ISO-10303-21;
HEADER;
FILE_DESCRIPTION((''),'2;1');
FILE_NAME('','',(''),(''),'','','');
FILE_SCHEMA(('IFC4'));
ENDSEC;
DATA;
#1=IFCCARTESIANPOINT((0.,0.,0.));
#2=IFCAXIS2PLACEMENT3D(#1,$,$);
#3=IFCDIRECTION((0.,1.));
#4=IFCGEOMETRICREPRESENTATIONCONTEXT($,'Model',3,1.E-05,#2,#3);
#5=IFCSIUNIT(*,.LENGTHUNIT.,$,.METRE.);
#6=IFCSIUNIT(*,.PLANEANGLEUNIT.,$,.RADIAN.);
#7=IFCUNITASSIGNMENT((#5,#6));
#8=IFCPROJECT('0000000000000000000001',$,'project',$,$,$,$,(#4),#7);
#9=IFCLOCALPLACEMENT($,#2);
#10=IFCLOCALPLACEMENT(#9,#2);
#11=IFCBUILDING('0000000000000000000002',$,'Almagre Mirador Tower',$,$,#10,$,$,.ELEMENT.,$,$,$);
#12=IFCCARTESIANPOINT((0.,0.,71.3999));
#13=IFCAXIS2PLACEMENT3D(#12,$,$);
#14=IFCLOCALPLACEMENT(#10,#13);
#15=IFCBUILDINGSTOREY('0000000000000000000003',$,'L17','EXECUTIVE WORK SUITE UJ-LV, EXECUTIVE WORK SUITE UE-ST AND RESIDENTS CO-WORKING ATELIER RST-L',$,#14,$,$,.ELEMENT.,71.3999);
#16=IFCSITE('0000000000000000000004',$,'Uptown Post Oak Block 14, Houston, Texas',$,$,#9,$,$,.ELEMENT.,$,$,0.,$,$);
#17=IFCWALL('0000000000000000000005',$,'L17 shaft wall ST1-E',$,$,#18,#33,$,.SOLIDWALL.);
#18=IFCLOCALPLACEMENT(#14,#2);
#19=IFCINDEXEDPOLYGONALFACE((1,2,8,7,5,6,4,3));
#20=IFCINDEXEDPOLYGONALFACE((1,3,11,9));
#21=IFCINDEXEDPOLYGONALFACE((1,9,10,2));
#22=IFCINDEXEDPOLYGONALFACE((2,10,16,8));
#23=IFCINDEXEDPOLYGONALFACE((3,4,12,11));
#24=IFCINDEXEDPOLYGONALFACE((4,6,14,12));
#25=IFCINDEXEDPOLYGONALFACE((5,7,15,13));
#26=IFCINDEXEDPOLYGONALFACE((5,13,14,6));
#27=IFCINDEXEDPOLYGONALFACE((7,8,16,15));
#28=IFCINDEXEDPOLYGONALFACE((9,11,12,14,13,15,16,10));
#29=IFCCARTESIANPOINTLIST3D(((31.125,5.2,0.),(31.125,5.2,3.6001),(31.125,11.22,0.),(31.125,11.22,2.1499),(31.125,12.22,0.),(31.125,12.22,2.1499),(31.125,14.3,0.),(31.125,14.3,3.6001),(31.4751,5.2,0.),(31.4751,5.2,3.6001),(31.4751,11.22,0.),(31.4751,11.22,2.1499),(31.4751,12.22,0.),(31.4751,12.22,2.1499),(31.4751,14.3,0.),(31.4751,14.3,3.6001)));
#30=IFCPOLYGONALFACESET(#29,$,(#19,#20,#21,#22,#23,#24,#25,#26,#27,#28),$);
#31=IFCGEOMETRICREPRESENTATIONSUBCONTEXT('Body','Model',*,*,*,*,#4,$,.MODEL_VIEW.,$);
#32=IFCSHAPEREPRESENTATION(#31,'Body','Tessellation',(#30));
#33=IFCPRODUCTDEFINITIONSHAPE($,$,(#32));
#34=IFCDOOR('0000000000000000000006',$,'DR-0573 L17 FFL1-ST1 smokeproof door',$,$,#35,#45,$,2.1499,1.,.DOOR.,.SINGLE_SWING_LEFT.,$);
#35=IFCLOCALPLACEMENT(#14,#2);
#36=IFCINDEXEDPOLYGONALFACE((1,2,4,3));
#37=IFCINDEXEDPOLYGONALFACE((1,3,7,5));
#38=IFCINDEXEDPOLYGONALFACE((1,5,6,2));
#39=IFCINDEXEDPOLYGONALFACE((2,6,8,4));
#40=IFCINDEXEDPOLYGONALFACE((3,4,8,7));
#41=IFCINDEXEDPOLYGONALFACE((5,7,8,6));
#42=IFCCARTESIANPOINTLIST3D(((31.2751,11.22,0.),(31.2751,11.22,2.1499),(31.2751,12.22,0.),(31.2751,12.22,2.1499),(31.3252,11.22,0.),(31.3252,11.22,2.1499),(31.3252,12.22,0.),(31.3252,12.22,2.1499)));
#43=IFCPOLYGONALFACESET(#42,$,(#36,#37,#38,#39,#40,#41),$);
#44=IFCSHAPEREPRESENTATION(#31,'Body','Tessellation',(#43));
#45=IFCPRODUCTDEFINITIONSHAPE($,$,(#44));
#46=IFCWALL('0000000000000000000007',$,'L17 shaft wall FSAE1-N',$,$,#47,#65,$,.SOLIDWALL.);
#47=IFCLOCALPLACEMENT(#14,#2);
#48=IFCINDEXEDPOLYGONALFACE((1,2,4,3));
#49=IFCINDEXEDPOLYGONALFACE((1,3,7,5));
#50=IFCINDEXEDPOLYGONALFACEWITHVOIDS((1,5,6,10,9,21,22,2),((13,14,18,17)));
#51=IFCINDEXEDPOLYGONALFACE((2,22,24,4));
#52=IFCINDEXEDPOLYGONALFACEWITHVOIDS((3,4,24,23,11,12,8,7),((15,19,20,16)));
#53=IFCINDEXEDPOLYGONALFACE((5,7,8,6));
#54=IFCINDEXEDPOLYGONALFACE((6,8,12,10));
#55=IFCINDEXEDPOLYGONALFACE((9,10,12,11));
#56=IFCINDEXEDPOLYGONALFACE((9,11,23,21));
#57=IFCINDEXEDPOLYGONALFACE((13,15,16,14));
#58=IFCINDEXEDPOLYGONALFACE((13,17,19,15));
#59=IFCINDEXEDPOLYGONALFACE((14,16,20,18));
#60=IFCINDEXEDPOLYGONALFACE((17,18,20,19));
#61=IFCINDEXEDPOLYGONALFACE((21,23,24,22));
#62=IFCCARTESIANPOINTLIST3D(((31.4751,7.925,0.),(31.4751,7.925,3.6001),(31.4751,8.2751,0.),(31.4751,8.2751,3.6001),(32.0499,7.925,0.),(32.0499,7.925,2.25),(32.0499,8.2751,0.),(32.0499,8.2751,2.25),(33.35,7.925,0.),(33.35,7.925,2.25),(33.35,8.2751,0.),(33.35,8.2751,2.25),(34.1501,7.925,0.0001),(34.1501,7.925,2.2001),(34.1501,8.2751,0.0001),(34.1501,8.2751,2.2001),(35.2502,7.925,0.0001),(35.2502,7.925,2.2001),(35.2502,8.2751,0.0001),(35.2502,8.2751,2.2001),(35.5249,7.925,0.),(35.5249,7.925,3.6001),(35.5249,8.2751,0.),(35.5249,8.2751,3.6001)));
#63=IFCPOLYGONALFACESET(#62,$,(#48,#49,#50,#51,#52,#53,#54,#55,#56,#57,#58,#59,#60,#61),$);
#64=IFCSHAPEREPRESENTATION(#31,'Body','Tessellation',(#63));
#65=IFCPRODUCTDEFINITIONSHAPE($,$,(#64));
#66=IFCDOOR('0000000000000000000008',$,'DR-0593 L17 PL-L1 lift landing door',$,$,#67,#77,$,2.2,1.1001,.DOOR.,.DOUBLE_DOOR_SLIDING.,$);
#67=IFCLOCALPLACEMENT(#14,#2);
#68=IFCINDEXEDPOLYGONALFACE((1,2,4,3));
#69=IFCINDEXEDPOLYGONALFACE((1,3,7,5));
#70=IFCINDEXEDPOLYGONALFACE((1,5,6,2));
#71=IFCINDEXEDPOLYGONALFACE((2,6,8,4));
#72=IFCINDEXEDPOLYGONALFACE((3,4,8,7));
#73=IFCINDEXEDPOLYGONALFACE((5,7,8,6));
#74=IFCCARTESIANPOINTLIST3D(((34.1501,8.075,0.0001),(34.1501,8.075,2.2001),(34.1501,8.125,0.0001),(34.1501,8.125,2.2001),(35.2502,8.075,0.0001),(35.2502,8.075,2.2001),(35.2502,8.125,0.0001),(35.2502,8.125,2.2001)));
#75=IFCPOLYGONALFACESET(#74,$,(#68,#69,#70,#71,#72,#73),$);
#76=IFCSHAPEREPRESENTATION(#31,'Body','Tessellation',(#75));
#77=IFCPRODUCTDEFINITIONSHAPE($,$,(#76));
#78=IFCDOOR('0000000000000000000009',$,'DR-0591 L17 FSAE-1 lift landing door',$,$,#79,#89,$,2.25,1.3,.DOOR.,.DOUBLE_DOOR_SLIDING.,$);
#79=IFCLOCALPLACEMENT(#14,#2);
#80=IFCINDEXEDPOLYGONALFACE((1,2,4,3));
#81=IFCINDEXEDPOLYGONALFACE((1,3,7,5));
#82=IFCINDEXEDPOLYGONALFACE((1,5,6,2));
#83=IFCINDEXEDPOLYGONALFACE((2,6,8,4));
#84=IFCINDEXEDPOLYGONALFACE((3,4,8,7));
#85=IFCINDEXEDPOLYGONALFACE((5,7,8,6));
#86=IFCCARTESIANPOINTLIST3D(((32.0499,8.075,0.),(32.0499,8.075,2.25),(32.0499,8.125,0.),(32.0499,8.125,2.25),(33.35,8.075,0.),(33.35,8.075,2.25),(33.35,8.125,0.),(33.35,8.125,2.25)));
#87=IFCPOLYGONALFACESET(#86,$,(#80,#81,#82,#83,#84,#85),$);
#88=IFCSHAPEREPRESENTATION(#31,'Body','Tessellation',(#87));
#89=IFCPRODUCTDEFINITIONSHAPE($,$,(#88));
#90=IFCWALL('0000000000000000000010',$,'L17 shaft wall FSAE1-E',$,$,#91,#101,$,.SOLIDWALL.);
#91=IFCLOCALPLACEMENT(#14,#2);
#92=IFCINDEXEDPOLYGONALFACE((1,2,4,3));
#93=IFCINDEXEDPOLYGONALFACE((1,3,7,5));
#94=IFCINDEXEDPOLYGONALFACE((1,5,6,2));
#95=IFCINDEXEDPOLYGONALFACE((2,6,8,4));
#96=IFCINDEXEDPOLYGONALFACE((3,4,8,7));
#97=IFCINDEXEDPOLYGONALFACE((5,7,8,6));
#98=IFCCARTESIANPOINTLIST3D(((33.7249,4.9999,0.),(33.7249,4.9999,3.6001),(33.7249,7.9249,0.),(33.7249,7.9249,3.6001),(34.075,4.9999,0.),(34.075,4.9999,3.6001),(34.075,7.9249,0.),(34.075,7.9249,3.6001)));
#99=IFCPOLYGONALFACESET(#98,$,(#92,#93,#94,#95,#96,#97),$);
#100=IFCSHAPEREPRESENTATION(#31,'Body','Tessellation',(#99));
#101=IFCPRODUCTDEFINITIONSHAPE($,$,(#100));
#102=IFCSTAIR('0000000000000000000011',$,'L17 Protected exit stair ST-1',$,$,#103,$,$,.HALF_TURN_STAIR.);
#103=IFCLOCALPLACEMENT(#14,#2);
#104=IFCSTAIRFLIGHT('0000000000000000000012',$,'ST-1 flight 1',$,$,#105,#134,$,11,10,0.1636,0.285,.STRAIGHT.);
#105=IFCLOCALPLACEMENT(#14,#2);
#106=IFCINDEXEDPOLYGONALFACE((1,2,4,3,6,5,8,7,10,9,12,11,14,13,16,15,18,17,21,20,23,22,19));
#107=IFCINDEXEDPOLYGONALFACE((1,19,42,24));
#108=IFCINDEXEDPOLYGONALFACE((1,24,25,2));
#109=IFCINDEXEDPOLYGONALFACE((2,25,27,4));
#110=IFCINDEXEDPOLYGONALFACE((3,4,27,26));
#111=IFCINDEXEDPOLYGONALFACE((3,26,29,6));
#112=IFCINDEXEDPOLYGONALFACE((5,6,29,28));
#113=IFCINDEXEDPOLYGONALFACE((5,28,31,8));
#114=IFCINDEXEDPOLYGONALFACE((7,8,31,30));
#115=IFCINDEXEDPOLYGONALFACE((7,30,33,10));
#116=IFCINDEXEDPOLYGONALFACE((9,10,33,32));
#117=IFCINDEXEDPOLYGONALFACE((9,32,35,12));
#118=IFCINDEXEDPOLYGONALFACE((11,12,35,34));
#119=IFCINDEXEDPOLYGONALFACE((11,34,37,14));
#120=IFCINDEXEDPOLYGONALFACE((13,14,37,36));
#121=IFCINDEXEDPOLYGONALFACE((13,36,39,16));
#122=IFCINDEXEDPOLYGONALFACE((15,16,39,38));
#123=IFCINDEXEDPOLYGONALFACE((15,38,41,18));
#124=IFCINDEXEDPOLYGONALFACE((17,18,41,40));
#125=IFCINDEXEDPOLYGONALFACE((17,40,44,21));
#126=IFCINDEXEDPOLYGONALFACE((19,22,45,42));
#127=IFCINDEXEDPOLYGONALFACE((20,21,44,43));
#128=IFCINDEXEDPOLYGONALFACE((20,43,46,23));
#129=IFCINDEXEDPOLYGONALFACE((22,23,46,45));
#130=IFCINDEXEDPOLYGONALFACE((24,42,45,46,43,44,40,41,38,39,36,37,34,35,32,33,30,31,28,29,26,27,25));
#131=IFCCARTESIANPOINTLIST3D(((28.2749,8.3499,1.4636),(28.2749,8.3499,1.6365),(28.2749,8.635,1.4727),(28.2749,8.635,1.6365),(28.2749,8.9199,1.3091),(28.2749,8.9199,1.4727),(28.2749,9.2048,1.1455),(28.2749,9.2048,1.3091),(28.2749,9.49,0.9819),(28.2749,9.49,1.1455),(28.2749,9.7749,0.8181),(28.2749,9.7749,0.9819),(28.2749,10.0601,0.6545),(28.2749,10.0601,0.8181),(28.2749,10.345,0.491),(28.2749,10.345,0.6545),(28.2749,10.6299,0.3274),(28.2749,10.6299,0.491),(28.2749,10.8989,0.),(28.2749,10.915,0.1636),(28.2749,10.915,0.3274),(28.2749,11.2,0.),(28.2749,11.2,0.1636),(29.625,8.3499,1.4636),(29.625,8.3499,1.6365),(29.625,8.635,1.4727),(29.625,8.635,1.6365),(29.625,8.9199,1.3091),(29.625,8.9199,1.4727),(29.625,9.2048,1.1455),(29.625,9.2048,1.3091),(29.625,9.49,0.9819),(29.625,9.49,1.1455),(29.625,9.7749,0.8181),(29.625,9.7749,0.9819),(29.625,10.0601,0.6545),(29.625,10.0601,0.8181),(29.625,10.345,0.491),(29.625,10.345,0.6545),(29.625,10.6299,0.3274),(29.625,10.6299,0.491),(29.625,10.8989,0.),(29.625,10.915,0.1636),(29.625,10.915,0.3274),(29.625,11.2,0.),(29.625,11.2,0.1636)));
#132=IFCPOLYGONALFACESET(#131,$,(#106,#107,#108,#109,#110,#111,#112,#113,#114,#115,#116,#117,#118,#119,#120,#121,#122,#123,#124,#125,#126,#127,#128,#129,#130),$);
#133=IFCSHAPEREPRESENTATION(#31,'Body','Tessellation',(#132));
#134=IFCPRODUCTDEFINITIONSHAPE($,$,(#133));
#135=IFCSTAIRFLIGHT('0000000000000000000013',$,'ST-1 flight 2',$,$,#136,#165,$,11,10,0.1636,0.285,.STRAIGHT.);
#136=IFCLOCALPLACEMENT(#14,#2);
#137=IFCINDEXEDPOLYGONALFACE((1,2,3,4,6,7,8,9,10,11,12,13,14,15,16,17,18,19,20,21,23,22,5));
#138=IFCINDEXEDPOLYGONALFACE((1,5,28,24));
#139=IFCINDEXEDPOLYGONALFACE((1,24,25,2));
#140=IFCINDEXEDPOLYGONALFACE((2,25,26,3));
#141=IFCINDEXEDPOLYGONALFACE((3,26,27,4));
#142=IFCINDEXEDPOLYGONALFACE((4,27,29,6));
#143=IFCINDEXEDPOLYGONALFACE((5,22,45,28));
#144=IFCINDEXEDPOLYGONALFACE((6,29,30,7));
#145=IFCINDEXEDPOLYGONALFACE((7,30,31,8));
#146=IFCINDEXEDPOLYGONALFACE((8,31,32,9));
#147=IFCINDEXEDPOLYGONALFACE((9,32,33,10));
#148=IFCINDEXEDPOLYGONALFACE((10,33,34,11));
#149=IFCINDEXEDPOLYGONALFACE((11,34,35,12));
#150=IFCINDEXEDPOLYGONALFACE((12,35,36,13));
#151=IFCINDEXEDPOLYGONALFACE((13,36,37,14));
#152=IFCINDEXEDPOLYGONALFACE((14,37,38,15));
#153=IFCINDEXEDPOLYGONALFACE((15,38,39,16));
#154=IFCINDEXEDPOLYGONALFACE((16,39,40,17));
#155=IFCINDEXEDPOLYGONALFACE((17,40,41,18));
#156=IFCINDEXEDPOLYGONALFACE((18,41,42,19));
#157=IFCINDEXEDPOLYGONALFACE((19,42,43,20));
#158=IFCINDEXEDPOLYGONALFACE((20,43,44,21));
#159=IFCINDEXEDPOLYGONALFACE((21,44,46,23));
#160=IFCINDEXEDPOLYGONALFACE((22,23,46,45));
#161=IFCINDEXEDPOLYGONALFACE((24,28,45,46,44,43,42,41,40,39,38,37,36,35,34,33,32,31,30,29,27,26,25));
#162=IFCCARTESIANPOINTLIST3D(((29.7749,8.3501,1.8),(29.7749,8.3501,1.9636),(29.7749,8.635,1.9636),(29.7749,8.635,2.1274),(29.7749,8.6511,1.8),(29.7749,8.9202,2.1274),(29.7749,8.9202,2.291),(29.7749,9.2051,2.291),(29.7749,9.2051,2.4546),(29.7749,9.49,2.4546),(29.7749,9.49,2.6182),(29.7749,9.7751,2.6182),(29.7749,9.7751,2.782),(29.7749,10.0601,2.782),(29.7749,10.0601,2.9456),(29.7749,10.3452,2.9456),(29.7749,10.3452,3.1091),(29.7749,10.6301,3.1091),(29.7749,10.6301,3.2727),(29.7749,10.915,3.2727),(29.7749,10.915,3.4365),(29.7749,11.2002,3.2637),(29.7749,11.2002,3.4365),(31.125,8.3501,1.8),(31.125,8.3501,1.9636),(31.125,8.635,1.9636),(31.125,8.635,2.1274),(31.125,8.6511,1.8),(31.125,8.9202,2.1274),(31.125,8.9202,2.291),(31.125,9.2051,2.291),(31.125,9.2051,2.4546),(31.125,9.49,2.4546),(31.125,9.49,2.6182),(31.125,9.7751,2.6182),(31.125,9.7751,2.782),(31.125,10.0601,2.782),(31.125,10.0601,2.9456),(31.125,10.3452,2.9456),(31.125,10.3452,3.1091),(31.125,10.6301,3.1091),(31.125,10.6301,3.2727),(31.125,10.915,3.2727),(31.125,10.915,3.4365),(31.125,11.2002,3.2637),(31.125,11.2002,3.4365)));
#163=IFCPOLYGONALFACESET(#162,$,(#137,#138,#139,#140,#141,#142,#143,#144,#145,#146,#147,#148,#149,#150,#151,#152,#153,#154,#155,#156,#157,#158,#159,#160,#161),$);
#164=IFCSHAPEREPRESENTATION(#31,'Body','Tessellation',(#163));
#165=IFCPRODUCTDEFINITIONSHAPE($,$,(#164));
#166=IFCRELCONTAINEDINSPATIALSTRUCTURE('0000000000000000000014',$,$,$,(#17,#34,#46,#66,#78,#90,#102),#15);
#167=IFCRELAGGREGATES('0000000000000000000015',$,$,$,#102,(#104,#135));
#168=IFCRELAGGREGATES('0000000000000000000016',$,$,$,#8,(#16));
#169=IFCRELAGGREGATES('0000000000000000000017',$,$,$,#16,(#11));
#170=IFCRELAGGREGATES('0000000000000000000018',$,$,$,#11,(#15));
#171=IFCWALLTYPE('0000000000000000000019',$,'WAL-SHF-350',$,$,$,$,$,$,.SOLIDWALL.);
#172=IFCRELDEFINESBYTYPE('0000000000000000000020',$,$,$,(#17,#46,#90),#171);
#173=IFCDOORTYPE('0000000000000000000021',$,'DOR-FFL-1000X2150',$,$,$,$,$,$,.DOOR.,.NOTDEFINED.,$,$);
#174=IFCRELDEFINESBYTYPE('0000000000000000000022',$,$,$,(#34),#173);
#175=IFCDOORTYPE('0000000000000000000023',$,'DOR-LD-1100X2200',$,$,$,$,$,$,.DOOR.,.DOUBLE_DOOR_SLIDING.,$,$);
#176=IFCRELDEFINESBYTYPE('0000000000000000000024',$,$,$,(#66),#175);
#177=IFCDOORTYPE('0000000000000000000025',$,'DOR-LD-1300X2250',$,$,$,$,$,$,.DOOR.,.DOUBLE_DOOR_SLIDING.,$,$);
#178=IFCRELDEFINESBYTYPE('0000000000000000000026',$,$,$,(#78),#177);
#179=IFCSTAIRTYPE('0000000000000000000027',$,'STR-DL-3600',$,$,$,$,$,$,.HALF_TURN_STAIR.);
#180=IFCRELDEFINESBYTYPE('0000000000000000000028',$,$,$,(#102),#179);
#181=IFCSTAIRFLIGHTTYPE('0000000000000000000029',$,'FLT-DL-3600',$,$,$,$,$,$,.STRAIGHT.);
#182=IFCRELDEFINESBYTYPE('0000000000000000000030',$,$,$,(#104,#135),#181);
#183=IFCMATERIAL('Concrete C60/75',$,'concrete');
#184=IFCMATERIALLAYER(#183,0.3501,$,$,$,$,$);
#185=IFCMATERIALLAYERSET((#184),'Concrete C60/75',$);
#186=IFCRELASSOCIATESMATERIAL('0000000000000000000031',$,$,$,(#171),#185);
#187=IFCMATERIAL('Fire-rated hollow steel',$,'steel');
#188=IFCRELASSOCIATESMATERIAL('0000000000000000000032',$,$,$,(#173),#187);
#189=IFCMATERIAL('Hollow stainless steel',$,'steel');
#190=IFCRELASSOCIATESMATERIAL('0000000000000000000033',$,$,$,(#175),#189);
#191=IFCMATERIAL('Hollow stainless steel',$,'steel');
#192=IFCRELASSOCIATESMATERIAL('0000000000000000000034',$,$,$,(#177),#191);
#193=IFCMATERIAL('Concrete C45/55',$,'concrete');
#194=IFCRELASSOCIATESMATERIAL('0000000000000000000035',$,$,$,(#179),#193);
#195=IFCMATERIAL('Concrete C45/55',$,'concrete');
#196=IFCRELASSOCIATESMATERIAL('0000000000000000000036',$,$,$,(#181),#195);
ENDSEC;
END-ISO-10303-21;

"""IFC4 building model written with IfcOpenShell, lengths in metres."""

from ifc_helpers import new_model, si_unit, direction, frame, frame_2d, origin, place, context, subcontext, project, spatial, polyline, rectangle, outline, extrude, material, layer, layer_set, type_object, element, fill, aggregate, save


model = new_model("IFC4")

# Units and contexts
model_context = context("Model", 3, precision=1e-05, world=origin(), true_north=direction((0.0, 1.0)))
body_context = subcontext(model_context, "Body", "Model", "MODEL_VIEW")
ifc_project = project(units=[si_unit("LENGTHUNIT", "METRE"), si_unit("PLANEANGLEUNIT", "RADIAN")], contexts=[model_context])

# Site, building, storey
site_placement = place(None, origin())
site = spatial("IfcSite", under=ifc_project, at=site_placement, Name="Uptown Post Oak Block 14, Houston, Texas", CompositionType="ELEMENT", RefElevation=0.0)
building_placement = place(site_placement, origin())
building = spatial("IfcBuilding", under=site, at=building_placement, Name="Almagre Mirador Tower", CompositionType="ELEMENT")
storey_placement = place(building_placement, frame((0.0, 0.0, 71.3999)))
storey = spatial("IfcBuildingStorey", under=building, at=storey_placement, Name="L17", Description="EXECUTIVE WORK SUITE UJ-LV, EXECUTIVE WORK SUITE UE-ST AND RESIDENTS CO-WORKING ATELIER RST-L", CompositionType="ELEMENT", Elevation=71.3999)

# Wall, opening, door
ifc_material_1 = material(Name="Concrete C60/75", Category="concrete")
ifc_layer_1 = layer(ifc_material_1, 0.3501)
ifc_layer_set_1 = layer_set([ifc_layer_1], Name="Concrete C60/75")
wall_type_1 = type_object("IfcWallType", Name="WAL-SHF-350", PredefinedType="SOLIDWALL", material=ifc_layer_set_1)
wall_1_placement = place(storey_placement, frame((31.3, 5.2, 0.0), z_axis=(0.0, 0.0, 1.0), x_axis=(0.0, 1.0, 0.0)))
wall_1 = element("IfcWall", 1, at=wall_1_placement, inside=storey, type_object=wall_type_1, Name="L17 shaft wall ST1-E", PredefinedType="SOLIDWALL", context=body_context, shape_type="SweptSolid", body=[
    extrude(rectangle(XDim=9.1001, YDim=0.3501, at=frame_2d((4.55, 0.0))), origin(), (0.0, 0.0, 1.0), 3.6001),
])
opening_1_placement = place(wall_1_placement, frame((6.02, 0.0, 0.0)))
opening_1 = element("IfcOpeningElement", 2, at=opening_1_placement, cuts=wall_1, PredefinedType="OPENING", context=body_context, shape_type="SweptSolid", body=[
    extrude(rectangle(XDim=1.0, YDim=2.1499, at=frame_2d((0.5, 1.075))), frame((0.0, 0.185, 0.0), z_axis=(0.0, -1.0, 0.0), x_axis=(1.0, 0.0, 0.0)), (0.0, 0.0, 1.0), 0.3701),
])
ifc_material_2 = material(Name="Fire-rated hollow steel", Category="steel")
door_type_1 = type_object("IfcDoorType", Name="DOR-FFL-1000X2150", OperationType="NOTDEFINED", PredefinedType="DOOR", material=ifc_material_2)
door_1_placement = place(opening_1_placement, origin())
door_1 = element("IfcDoor", 3, at=door_1_placement, inside=storey, type_object=door_type_1, Name="DR-0573 L17 FFL1-ST1 smokeproof door", OperationType="SINGLE_SWING_LEFT", OverallHeight=2.1499, OverallWidth=1.0, PredefinedType="DOOR", context=body_context, shape_type="SweptSolid", body=[
    extrude(rectangle(XDim=1.0, YDim=2.1499, at=frame_2d((0.5, 1.075))), frame((0.0, 0.0249, 0.0), z_axis=(0.0, -1.0, 0.0), x_axis=(1.0, 0.0, 0.0)), (0.0, 0.0, 1.0), 0.05),
])
fill(opening_1, door_1)

# Wall, openings, doors
wall_2_placement = place(storey_placement, frame((31.4751, 8.1001, 0.0), z_axis=(0.0, 0.0, 1.0), x_axis=(1.0, 0.0, 0.0)))
wall_2 = element("IfcWall", 4, at=wall_2_placement, inside=storey, type_object=wall_type_1, Name="L17 shaft wall FSAE1-N", PredefinedType="SOLIDWALL", context=body_context, shape_type="SweptSolid", body=[
    extrude(rectangle(XDim=4.0498, YDim=0.3501, at=frame_2d((2.0249, 0.0))), origin(), (0.0, 0.0, 1.0), 3.6001),
])
opening_2_placement = place(wall_2_placement, frame((0.575, 0.0, 0.0)))
opening_2 = element("IfcOpeningElement", 5, at=opening_2_placement, cuts=wall_2, PredefinedType="OPENING", context=body_context, shape_type="SweptSolid", body=[
    extrude(rectangle(XDim=1.3, YDim=2.25, at=frame_2d((0.6499, 1.125))), frame((0.0, 0.185, 0.0), z_axis=(0.0, -1.0, 0.0), x_axis=(1.0, 0.0, 0.0)), (0.0, 0.0, 1.0), 0.3701),
])
opening_3_placement = place(wall_2_placement, frame((2.675, 0.0, 0.0)))
opening_3 = element("IfcOpeningElement", 6, at=opening_3_placement, cuts=wall_2, PredefinedType="OPENING", context=body_context, shape_type="SweptSolid", body=[
    extrude(rectangle(XDim=1.1001, YDim=2.2, at=frame_2d((0.55, 1.1001))), frame((0.0, 0.185, 0.0), z_axis=(0.0, -1.0, 0.0), x_axis=(1.0, 0.0, 0.0)), (0.0, 0.0, 1.0), 0.3701),
])
ifc_material_3 = material(Name="Hollow stainless steel", Category="steel")
door_type_2 = type_object("IfcDoorType", Name="DOR-LD-1100X2200", OperationType="DOUBLE_DOOR_SLIDING", PredefinedType="DOOR", material=ifc_material_3)
door_2_placement = place(opening_3_placement, origin())
door_2 = element("IfcDoor", 7, at=door_2_placement, inside=storey, type_object=door_type_2, Name="DR-0593 L17 PL-L1 lift landing door", OperationType="DOUBLE_DOOR_SLIDING", OverallHeight=2.2, OverallWidth=1.1001, PredefinedType="DOOR", context=body_context, shape_type="SweptSolid", body=[
    extrude(rectangle(XDim=1.1001, YDim=2.2, at=frame_2d((0.55, 1.1001))), frame((0.0, 0.0249, 0.0), z_axis=(0.0, -1.0, 0.0), x_axis=(1.0, 0.0, 0.0)), (0.0, 0.0, 1.0), 0.05),
])
fill(opening_3, door_2)
ifc_material_4 = material(Name="Hollow stainless steel", Category="steel")
door_type_3 = type_object("IfcDoorType", Name="DOR-LD-1300X2250", OperationType="DOUBLE_DOOR_SLIDING", PredefinedType="DOOR", material=ifc_material_4)
door_3_placement = place(opening_2_placement, origin())
door_3 = element("IfcDoor", 8, at=door_3_placement, inside=storey, type_object=door_type_3, Name="DR-0591 L17 FSAE-1 lift landing door", OperationType="DOUBLE_DOOR_SLIDING", OverallHeight=2.25, OverallWidth=1.3, PredefinedType="DOOR", context=body_context, shape_type="SweptSolid", body=[
    extrude(rectangle(XDim=1.3, YDim=2.25, at=frame_2d((0.6499, 1.125))), frame((0.0, 0.0249, 0.0), z_axis=(0.0, -1.0, 0.0), x_axis=(1.0, 0.0, 0.0)), (0.0, 0.0, 1.0), 0.05),
])
fill(opening_2, door_3)

# Wall
wall_3_placement = place(storey_placement, frame((33.8999, 5.0, 0.0), z_axis=(0.0, 0.0, 1.0), x_axis=(0.0, 1.0, 0.0)))
element("IfcWall", 9, at=wall_3_placement, inside=storey, type_object=wall_type_1, Name="L17 shaft wall FSAE1-E", PredefinedType="SOLIDWALL", context=body_context, shape_type="SweptSolid", body=[
    extrude(rectangle(XDim=2.925, YDim=0.3501, at=frame_2d((1.4624, 0.0))), origin(), (0.0, 0.0, 1.0), 3.6001),
])

# Stair, stair flights
ifc_material_5 = material(Name="Concrete C45/55", Category="concrete")
stair_type = type_object("IfcStairType", Name="STR-DL-3600", PredefinedType="HALF_TURN_STAIR", material=ifc_material_5)
stair_placement = place(storey_placement, origin())
stair = element("IfcStair", 10, at=stair_placement, inside=storey, type_object=stair_type, Name="L17 Protected exit stair ST-1", PredefinedType="HALF_TURN_STAIR")
ifc_material_6 = material(Name="Concrete C45/55", Category="concrete")
stair_flight_type = type_object("IfcStairFlightType", Name="FLT-DL-3600", PredefinedType="STRAIGHT", material=ifc_material_6)
stair_flight_1_placement = place(storey_placement, frame((28.95, 11.2, 0.0), z_axis=(0.0, 0.0, 1.0), x_axis=(0.0, -1.0, 0.0)))
stair_flight_1 = element("IfcStairFlight", 11, at=stair_flight_1_placement, type_object=stair_flight_type, Name="ST-1 flight 1", NumberOfRisers=11, NumberOfTreads=10, PredefinedType="STRAIGHT", RiserHeight=0.1636, TreadLength=0.285, context=body_context, shape_type="SweptSolid", body=[
    extrude(outline(polyline([(0.0, 0.0), (0.0, 0.1636), (0.2849, 0.1636), (0.2849, 0.3274), (0.5701, 0.3274), (0.5701, 0.491), (0.855, 0.491), (0.855, 0.6545), (1.1399, 0.6545), (1.1399, 0.8181), (1.425, 0.8181), (1.425, 0.9819), (1.71, 0.9819), (1.71, 1.1455), (1.9951, 1.1455), (1.9951, 1.3091), (2.28, 1.3091), (2.28, 1.4727), (2.5649, 1.4727), (2.5649, 1.6365), (2.8501, 1.6365), (2.8501, 1.8), (2.8501, 1.4636), (0.301, 0.0), (0.0, 0.0)])), frame((0.0, 0.675, 0.0), z_axis=(0.0, -1.0, 0.0), x_axis=(1.0, 0.0, 0.0)), (0.0, 0.0, 1.0), 1.3501),
])
stair_flight_2_placement = place(storey_placement, frame((30.45, 8.3501, 1.8), z_axis=(0.0, 0.0, 1.0), x_axis=(0.0, 1.0, 0.0)))
stair_flight_2 = element("IfcStairFlight", 12, at=stair_flight_2_placement, type_object=stair_flight_type, Name="ST-1 flight 2", NumberOfRisers=11, NumberOfTreads=10, PredefinedType="STRAIGHT", RiserHeight=0.1636, TreadLength=0.285, context=body_context, shape_type="SweptSolid", body=[
    extrude(outline(polyline([(0.0, 0.0), (0.0, 0.1636), (0.2849, 0.1636), (0.2849, 0.3274), (0.5701, 0.3274), (0.5701, 0.491), (0.855, 0.491), (0.855, 0.6545), (1.1399, 0.6545), (1.1399, 0.8181), (1.425, 0.8181), (1.425, 0.9819), (1.71, 0.9819), (1.71, 1.1455), (1.9951, 1.1455), (1.9951, 1.3091), (2.28, 1.3091), (2.28, 1.4727), (2.5649, 1.4727), (2.5649, 1.6365), (2.8501, 1.6365), (2.8501, 1.8), (2.8501, 1.4636), (0.301, 0.0), (0.0, 0.0)])), frame((0.0, 0.675, 0.0), z_axis=(0.0, -1.0, 0.0), x_axis=(1.0, 0.0, 0.0)), (0.0, 0.0, 1.0), 1.3501),
])
aggregate(stair, [stair_flight_1, stair_flight_2])

save(model, "model.ifc")
